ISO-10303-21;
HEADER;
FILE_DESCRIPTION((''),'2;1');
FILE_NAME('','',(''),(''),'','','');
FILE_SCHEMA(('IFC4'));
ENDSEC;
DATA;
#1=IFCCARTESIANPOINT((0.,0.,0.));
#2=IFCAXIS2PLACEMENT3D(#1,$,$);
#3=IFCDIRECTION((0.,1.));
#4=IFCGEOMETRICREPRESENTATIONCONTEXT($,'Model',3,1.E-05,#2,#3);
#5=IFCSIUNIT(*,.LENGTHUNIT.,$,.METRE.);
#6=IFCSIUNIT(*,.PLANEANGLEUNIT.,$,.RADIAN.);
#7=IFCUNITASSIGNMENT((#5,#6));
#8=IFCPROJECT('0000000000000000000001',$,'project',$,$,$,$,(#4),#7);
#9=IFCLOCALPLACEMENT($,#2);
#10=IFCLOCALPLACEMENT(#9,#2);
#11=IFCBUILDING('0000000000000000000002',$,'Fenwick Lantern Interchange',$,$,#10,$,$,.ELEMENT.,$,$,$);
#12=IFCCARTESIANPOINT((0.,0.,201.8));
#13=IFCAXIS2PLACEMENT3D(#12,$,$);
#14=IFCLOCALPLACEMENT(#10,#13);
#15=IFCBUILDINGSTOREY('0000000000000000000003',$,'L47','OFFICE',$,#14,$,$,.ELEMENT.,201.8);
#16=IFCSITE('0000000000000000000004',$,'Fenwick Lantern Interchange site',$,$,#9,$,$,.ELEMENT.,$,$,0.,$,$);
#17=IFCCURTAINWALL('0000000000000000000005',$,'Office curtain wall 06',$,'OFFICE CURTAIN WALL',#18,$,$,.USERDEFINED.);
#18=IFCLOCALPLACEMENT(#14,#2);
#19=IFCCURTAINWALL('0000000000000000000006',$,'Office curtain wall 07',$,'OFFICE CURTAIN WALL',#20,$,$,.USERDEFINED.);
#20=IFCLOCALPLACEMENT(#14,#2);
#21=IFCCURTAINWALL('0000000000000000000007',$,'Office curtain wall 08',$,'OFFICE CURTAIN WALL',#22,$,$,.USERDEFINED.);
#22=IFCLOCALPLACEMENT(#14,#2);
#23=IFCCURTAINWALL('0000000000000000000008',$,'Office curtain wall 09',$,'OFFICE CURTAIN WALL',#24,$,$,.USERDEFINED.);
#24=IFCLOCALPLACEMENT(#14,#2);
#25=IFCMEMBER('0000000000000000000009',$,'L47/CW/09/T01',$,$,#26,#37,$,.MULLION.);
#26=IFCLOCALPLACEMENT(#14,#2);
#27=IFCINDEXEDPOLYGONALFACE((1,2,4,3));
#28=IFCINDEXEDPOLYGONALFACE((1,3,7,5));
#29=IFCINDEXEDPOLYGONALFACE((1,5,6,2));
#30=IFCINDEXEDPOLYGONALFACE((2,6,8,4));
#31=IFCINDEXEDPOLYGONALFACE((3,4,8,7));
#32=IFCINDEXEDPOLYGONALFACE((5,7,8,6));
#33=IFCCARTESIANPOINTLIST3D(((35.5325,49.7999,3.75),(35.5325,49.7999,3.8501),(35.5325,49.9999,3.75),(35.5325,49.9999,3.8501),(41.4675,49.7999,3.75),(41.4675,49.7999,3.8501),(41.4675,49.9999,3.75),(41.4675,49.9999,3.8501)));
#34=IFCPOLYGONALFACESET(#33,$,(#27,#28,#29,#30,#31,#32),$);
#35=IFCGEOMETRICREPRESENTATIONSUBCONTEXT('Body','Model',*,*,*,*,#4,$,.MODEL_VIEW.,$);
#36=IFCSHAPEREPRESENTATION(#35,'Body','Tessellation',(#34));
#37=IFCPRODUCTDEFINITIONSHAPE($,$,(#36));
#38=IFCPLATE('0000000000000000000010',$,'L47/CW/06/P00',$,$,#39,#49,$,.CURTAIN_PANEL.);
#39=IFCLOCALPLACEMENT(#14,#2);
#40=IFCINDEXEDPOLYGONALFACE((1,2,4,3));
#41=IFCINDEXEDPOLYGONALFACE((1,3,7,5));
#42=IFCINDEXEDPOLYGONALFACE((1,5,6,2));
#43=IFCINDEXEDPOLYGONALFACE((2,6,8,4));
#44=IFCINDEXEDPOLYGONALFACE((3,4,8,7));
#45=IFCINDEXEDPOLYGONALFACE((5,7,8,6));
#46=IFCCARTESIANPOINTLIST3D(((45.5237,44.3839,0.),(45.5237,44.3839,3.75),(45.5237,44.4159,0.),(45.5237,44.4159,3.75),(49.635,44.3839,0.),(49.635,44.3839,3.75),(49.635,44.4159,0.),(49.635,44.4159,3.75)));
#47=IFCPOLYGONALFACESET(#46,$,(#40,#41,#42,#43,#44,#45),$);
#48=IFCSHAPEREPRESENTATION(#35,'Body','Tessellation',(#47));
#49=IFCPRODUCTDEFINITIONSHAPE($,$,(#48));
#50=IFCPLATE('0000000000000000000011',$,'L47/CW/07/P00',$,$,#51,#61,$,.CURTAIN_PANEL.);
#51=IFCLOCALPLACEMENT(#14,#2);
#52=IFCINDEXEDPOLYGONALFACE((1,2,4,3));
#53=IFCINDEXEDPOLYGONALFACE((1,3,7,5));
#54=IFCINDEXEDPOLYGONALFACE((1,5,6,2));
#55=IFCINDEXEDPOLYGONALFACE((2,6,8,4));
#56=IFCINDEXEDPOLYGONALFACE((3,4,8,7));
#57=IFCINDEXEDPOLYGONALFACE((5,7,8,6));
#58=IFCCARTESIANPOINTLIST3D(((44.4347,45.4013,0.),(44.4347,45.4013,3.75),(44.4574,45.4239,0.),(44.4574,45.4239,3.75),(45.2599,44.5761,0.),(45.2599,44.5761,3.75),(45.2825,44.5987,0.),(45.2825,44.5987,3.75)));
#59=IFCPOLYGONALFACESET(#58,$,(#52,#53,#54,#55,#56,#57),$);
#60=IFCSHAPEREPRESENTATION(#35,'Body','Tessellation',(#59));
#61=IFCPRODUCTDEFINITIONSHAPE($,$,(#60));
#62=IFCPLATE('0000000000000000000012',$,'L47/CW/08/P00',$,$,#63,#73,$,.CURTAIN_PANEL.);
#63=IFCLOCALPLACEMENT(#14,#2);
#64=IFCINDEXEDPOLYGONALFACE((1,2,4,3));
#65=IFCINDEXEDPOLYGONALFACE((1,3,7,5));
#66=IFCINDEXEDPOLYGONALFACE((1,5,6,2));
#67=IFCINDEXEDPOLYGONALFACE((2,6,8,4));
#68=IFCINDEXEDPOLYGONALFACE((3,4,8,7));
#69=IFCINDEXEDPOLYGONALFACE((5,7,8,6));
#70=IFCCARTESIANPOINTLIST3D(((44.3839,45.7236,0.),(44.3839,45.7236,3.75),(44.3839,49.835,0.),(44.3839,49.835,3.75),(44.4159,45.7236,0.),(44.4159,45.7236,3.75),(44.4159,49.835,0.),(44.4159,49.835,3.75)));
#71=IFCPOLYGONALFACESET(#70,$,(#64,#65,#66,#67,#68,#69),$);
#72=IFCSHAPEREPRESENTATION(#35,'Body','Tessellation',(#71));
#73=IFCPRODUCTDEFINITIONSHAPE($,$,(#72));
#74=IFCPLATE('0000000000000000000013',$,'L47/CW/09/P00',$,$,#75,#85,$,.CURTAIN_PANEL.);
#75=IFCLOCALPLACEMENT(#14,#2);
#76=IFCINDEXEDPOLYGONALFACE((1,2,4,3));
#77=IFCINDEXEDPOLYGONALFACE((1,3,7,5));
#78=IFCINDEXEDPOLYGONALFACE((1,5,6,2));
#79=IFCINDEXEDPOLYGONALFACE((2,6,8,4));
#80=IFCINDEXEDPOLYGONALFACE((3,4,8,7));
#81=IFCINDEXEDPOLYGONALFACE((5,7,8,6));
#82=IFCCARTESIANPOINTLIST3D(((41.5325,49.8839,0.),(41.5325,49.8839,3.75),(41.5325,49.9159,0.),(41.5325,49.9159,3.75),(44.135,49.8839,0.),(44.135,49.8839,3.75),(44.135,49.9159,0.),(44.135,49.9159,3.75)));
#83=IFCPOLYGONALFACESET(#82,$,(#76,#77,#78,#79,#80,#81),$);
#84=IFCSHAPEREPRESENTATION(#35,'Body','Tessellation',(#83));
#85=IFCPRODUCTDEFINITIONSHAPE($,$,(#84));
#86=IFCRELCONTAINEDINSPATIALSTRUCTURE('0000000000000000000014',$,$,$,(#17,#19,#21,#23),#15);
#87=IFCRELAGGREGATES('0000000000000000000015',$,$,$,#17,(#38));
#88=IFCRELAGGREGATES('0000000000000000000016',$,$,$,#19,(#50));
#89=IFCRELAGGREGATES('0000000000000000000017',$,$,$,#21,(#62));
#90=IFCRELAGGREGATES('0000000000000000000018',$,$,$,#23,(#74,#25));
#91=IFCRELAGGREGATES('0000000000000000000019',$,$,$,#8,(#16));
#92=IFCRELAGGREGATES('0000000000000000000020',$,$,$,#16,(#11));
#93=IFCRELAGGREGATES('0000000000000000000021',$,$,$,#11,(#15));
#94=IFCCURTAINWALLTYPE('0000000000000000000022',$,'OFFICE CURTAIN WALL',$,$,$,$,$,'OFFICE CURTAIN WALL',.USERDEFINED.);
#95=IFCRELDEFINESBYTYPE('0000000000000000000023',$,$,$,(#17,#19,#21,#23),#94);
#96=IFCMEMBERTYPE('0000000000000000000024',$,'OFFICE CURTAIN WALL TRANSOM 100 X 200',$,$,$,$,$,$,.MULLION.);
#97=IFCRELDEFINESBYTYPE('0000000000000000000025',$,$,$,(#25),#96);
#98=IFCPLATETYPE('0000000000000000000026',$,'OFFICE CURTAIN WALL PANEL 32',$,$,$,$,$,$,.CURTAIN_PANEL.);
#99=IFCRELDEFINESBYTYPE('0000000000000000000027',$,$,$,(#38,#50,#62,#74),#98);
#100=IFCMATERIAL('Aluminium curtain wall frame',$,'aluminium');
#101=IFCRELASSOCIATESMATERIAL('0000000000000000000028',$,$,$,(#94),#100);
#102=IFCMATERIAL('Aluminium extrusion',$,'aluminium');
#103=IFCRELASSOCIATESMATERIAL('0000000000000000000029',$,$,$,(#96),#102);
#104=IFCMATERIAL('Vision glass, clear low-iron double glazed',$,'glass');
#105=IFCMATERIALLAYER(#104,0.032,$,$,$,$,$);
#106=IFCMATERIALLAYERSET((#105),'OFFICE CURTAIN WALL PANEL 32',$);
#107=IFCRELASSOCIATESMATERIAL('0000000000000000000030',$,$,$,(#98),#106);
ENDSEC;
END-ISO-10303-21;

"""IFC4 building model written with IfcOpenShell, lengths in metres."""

from ifc_helpers import new_model, si_unit, direction, frame, origin, origin_2d, place, context, subcontext, project, spatial, rectangle, extrude, material, layer, layer_set, material_profile, profile_set, type_object, element, aggregate, save


model = new_model("IFC4")

# Units and contexts
model_context = context("Model", 3, precision=1e-05, world=origin(), true_north=direction((0.0, 1.0)))
body_context = subcontext(model_context, "Body", "Model", "MODEL_VIEW")
ifc_project = project(units=[si_unit("LENGTHUNIT", "METRE"), si_unit("PLANEANGLEUNIT", "RADIAN")], contexts=[model_context])

# Site, building, storey
site_placement = place(None, origin())
site = spatial("IfcSite", under=ifc_project, at=site_placement, Name="Fenwick Lantern Interchange site", CompositionType="ELEMENT", RefElevation=0.0)
building_placement = place(site_placement, origin())
building = spatial("IfcBuilding", under=site, at=building_placement, Name="Fenwick Lantern Interchange", CompositionType="ELEMENT")
storey_placement = place(building_placement, frame((0.0, 0.0, 201.8)))
storey = spatial("IfcBuildingStorey", under=building, at=storey_placement, Name="L47", Description="OFFICE", CompositionType="ELEMENT", Elevation=201.8)

# Curtain wall
ifc_material_1 = material(Name="Aluminium curtain wall frame", Category="aluminium")
curtain_wall_type = type_object("IfcCurtainWallType", Name="OFFICE CURTAIN WALL", ElementType="OFFICE CURTAIN WALL", PredefinedType="USERDEFINED", material=ifc_material_1)
curtain_wall_1_placement = place(storey_placement, origin())
curtain_wall_1 = element("IfcCurtainWall", 1, at=curtain_wall_1_placement, inside=storey, type_object=curtain_wall_type, Name="Office curtain wall 06", ObjectType="OFFICE CURTAIN WALL", PredefinedType="USERDEFINED")
ifc_material_2 = material(Name="Aluminium extrusion", Category="aluminium")

# Curtain walls
curtain_wall_2_placement = place(storey_placement, origin())
curtain_wall_2 = element("IfcCurtainWall", 2, at=curtain_wall_2_placement, inside=storey, type_object=curtain_wall_type, Name="Office curtain wall 07", ObjectType="OFFICE CURTAIN WALL", PredefinedType="USERDEFINED")
curtain_wall_3_placement = place(storey_placement, origin())
curtain_wall_3 = element("IfcCurtainWall", 3, at=curtain_wall_3_placement, inside=storey, type_object=curtain_wall_type, Name="Office curtain wall 08", ObjectType="OFFICE CURTAIN WALL", PredefinedType="USERDEFINED")
curtain_wall_4_placement = place(storey_placement, origin())
curtain_wall_4 = element("IfcCurtainWall", 4, at=curtain_wall_4_placement, inside=storey, type_object=curtain_wall_type, Name="Office curtain wall 09", ObjectType="OFFICE CURTAIN WALL", PredefinedType="USERDEFINED")

# Member
ifc_material_profile_1 = material_profile(ifc_material_2, rectangle(XDim=0.2, YDim=0.1001, at=origin_2d()), Name="OFFICE CURTAIN WALL TRANSOM 100 X 200")
ifc_profile_set_1 = profile_set([ifc_material_profile_1], Name="Aluminium extrusion")
member_type_1 = type_object("IfcMemberType", Name="OFFICE CURTAIN WALL TRANSOM 100 X 200", PredefinedType="MULLION", material=ifc_profile_set_1)
member_1_placement = place(storey_placement, frame((41.4675, 49.8999, 3.8), z_axis=(-1.0, 0.0, 0.0), x_axis=(0.0, -1.0, 0.0)))
member_1 = element("IfcMember", 5, at=member_1_placement, type_object=member_type_1, Name="L47/CW/09/T01", PredefinedType="MULLION", context=body_context, shape_type="SweptSolid", body=[
    extrude(rectangle(XDim=0.2, YDim=0.1001, at=origin_2d()), origin(), (0.0, 0.0, 1.0), 5.9351),
])

# Plates
ifc_material_3 = material(Name="Vision glass, clear low-iron double glazed", Category="glass")
ifc_layer_1 = layer(ifc_material_3, 0.032)
ifc_layer_set_1 = layer_set([ifc_layer_1], Name="OFFICE CURTAIN WALL PANEL 32")
plate_type = type_object("IfcPlateType", Name="OFFICE CURTAIN WALL PANEL 32", PredefinedType="CURTAIN_PANEL", material=ifc_layer_set_1)
plate_1_placement = place(storey_placement, frame((47.5793, 44.3999, 0.0), z_axis=(0.0, 0.0, 1.0), x_axis=(-1.0, 0.0, 0.0)))
plate_1 = element("IfcPlate", 6, at=plate_1_placement, type_object=plate_type, Name="L47/CW/06/P00", PredefinedType="CURTAIN_PANEL", context=body_context, shape_type="SweptSolid", body=[
    extrude(rectangle(XDim=4.1113, YDim=0.032, at=origin_2d()), origin(), (0.0, 0.0, 1.0), 3.75),
])
aggregate(curtain_wall_1, [plate_1])
plate_2_placement = place(storey_placement, frame((44.8586, 45.0, 0.0), z_axis=(0.0, 0.0, 1.0), x_axis=(-0.707107, 0.707107, 0.0)))
plate_2 = element("IfcPlate", 7, at=plate_2_placement, type_object=plate_type, Name="L47/CW/07/P00", PredefinedType="CURTAIN_PANEL", context=body_context, shape_type="SweptSolid", body=[
    extrude(rectangle(XDim=1.167, YDim=0.032, at=origin_2d()), origin(), (0.0, 0.0, 1.0), 3.75),
])
aggregate(curtain_wall_2, [plate_2])
plate_3_placement = place(storey_placement, frame((44.3999, 47.7793, 0.0), z_axis=(0.0, 0.0, 1.0), x_axis=(0.0, 1.0, 0.0)))
plate_3 = element("IfcPlate", 8, at=plate_3_placement, type_object=plate_type, Name="L47/CW/08/P00", PredefinedType="CURTAIN_PANEL", context=body_context, shape_type="SweptSolid", body=[
    extrude(rectangle(XDim=4.1113, YDim=0.032, at=origin_2d()), origin(), (0.0, 0.0, 1.0), 3.75),
])
aggregate(curtain_wall_3, [plate_3])
plate_4_placement = place(storey_placement, frame((42.8337, 49.8999, 0.0), z_axis=(0.0, 0.0, 1.0), x_axis=(-1.0, 0.0, 0.0)))
plate_4 = element("IfcPlate", 9, at=plate_4_placement, type_object=plate_type, Name="L47/CW/09/P00", PredefinedType="CURTAIN_PANEL", context=body_context, shape_type="SweptSolid", body=[
    extrude(rectangle(XDim=2.6025, YDim=0.032, at=origin_2d()), origin(), (0.0, 0.0, 1.0), 3.75),
])
aggregate(curtain_wall_4, [plate_4, member_1])

save(model, "model.ifc")
